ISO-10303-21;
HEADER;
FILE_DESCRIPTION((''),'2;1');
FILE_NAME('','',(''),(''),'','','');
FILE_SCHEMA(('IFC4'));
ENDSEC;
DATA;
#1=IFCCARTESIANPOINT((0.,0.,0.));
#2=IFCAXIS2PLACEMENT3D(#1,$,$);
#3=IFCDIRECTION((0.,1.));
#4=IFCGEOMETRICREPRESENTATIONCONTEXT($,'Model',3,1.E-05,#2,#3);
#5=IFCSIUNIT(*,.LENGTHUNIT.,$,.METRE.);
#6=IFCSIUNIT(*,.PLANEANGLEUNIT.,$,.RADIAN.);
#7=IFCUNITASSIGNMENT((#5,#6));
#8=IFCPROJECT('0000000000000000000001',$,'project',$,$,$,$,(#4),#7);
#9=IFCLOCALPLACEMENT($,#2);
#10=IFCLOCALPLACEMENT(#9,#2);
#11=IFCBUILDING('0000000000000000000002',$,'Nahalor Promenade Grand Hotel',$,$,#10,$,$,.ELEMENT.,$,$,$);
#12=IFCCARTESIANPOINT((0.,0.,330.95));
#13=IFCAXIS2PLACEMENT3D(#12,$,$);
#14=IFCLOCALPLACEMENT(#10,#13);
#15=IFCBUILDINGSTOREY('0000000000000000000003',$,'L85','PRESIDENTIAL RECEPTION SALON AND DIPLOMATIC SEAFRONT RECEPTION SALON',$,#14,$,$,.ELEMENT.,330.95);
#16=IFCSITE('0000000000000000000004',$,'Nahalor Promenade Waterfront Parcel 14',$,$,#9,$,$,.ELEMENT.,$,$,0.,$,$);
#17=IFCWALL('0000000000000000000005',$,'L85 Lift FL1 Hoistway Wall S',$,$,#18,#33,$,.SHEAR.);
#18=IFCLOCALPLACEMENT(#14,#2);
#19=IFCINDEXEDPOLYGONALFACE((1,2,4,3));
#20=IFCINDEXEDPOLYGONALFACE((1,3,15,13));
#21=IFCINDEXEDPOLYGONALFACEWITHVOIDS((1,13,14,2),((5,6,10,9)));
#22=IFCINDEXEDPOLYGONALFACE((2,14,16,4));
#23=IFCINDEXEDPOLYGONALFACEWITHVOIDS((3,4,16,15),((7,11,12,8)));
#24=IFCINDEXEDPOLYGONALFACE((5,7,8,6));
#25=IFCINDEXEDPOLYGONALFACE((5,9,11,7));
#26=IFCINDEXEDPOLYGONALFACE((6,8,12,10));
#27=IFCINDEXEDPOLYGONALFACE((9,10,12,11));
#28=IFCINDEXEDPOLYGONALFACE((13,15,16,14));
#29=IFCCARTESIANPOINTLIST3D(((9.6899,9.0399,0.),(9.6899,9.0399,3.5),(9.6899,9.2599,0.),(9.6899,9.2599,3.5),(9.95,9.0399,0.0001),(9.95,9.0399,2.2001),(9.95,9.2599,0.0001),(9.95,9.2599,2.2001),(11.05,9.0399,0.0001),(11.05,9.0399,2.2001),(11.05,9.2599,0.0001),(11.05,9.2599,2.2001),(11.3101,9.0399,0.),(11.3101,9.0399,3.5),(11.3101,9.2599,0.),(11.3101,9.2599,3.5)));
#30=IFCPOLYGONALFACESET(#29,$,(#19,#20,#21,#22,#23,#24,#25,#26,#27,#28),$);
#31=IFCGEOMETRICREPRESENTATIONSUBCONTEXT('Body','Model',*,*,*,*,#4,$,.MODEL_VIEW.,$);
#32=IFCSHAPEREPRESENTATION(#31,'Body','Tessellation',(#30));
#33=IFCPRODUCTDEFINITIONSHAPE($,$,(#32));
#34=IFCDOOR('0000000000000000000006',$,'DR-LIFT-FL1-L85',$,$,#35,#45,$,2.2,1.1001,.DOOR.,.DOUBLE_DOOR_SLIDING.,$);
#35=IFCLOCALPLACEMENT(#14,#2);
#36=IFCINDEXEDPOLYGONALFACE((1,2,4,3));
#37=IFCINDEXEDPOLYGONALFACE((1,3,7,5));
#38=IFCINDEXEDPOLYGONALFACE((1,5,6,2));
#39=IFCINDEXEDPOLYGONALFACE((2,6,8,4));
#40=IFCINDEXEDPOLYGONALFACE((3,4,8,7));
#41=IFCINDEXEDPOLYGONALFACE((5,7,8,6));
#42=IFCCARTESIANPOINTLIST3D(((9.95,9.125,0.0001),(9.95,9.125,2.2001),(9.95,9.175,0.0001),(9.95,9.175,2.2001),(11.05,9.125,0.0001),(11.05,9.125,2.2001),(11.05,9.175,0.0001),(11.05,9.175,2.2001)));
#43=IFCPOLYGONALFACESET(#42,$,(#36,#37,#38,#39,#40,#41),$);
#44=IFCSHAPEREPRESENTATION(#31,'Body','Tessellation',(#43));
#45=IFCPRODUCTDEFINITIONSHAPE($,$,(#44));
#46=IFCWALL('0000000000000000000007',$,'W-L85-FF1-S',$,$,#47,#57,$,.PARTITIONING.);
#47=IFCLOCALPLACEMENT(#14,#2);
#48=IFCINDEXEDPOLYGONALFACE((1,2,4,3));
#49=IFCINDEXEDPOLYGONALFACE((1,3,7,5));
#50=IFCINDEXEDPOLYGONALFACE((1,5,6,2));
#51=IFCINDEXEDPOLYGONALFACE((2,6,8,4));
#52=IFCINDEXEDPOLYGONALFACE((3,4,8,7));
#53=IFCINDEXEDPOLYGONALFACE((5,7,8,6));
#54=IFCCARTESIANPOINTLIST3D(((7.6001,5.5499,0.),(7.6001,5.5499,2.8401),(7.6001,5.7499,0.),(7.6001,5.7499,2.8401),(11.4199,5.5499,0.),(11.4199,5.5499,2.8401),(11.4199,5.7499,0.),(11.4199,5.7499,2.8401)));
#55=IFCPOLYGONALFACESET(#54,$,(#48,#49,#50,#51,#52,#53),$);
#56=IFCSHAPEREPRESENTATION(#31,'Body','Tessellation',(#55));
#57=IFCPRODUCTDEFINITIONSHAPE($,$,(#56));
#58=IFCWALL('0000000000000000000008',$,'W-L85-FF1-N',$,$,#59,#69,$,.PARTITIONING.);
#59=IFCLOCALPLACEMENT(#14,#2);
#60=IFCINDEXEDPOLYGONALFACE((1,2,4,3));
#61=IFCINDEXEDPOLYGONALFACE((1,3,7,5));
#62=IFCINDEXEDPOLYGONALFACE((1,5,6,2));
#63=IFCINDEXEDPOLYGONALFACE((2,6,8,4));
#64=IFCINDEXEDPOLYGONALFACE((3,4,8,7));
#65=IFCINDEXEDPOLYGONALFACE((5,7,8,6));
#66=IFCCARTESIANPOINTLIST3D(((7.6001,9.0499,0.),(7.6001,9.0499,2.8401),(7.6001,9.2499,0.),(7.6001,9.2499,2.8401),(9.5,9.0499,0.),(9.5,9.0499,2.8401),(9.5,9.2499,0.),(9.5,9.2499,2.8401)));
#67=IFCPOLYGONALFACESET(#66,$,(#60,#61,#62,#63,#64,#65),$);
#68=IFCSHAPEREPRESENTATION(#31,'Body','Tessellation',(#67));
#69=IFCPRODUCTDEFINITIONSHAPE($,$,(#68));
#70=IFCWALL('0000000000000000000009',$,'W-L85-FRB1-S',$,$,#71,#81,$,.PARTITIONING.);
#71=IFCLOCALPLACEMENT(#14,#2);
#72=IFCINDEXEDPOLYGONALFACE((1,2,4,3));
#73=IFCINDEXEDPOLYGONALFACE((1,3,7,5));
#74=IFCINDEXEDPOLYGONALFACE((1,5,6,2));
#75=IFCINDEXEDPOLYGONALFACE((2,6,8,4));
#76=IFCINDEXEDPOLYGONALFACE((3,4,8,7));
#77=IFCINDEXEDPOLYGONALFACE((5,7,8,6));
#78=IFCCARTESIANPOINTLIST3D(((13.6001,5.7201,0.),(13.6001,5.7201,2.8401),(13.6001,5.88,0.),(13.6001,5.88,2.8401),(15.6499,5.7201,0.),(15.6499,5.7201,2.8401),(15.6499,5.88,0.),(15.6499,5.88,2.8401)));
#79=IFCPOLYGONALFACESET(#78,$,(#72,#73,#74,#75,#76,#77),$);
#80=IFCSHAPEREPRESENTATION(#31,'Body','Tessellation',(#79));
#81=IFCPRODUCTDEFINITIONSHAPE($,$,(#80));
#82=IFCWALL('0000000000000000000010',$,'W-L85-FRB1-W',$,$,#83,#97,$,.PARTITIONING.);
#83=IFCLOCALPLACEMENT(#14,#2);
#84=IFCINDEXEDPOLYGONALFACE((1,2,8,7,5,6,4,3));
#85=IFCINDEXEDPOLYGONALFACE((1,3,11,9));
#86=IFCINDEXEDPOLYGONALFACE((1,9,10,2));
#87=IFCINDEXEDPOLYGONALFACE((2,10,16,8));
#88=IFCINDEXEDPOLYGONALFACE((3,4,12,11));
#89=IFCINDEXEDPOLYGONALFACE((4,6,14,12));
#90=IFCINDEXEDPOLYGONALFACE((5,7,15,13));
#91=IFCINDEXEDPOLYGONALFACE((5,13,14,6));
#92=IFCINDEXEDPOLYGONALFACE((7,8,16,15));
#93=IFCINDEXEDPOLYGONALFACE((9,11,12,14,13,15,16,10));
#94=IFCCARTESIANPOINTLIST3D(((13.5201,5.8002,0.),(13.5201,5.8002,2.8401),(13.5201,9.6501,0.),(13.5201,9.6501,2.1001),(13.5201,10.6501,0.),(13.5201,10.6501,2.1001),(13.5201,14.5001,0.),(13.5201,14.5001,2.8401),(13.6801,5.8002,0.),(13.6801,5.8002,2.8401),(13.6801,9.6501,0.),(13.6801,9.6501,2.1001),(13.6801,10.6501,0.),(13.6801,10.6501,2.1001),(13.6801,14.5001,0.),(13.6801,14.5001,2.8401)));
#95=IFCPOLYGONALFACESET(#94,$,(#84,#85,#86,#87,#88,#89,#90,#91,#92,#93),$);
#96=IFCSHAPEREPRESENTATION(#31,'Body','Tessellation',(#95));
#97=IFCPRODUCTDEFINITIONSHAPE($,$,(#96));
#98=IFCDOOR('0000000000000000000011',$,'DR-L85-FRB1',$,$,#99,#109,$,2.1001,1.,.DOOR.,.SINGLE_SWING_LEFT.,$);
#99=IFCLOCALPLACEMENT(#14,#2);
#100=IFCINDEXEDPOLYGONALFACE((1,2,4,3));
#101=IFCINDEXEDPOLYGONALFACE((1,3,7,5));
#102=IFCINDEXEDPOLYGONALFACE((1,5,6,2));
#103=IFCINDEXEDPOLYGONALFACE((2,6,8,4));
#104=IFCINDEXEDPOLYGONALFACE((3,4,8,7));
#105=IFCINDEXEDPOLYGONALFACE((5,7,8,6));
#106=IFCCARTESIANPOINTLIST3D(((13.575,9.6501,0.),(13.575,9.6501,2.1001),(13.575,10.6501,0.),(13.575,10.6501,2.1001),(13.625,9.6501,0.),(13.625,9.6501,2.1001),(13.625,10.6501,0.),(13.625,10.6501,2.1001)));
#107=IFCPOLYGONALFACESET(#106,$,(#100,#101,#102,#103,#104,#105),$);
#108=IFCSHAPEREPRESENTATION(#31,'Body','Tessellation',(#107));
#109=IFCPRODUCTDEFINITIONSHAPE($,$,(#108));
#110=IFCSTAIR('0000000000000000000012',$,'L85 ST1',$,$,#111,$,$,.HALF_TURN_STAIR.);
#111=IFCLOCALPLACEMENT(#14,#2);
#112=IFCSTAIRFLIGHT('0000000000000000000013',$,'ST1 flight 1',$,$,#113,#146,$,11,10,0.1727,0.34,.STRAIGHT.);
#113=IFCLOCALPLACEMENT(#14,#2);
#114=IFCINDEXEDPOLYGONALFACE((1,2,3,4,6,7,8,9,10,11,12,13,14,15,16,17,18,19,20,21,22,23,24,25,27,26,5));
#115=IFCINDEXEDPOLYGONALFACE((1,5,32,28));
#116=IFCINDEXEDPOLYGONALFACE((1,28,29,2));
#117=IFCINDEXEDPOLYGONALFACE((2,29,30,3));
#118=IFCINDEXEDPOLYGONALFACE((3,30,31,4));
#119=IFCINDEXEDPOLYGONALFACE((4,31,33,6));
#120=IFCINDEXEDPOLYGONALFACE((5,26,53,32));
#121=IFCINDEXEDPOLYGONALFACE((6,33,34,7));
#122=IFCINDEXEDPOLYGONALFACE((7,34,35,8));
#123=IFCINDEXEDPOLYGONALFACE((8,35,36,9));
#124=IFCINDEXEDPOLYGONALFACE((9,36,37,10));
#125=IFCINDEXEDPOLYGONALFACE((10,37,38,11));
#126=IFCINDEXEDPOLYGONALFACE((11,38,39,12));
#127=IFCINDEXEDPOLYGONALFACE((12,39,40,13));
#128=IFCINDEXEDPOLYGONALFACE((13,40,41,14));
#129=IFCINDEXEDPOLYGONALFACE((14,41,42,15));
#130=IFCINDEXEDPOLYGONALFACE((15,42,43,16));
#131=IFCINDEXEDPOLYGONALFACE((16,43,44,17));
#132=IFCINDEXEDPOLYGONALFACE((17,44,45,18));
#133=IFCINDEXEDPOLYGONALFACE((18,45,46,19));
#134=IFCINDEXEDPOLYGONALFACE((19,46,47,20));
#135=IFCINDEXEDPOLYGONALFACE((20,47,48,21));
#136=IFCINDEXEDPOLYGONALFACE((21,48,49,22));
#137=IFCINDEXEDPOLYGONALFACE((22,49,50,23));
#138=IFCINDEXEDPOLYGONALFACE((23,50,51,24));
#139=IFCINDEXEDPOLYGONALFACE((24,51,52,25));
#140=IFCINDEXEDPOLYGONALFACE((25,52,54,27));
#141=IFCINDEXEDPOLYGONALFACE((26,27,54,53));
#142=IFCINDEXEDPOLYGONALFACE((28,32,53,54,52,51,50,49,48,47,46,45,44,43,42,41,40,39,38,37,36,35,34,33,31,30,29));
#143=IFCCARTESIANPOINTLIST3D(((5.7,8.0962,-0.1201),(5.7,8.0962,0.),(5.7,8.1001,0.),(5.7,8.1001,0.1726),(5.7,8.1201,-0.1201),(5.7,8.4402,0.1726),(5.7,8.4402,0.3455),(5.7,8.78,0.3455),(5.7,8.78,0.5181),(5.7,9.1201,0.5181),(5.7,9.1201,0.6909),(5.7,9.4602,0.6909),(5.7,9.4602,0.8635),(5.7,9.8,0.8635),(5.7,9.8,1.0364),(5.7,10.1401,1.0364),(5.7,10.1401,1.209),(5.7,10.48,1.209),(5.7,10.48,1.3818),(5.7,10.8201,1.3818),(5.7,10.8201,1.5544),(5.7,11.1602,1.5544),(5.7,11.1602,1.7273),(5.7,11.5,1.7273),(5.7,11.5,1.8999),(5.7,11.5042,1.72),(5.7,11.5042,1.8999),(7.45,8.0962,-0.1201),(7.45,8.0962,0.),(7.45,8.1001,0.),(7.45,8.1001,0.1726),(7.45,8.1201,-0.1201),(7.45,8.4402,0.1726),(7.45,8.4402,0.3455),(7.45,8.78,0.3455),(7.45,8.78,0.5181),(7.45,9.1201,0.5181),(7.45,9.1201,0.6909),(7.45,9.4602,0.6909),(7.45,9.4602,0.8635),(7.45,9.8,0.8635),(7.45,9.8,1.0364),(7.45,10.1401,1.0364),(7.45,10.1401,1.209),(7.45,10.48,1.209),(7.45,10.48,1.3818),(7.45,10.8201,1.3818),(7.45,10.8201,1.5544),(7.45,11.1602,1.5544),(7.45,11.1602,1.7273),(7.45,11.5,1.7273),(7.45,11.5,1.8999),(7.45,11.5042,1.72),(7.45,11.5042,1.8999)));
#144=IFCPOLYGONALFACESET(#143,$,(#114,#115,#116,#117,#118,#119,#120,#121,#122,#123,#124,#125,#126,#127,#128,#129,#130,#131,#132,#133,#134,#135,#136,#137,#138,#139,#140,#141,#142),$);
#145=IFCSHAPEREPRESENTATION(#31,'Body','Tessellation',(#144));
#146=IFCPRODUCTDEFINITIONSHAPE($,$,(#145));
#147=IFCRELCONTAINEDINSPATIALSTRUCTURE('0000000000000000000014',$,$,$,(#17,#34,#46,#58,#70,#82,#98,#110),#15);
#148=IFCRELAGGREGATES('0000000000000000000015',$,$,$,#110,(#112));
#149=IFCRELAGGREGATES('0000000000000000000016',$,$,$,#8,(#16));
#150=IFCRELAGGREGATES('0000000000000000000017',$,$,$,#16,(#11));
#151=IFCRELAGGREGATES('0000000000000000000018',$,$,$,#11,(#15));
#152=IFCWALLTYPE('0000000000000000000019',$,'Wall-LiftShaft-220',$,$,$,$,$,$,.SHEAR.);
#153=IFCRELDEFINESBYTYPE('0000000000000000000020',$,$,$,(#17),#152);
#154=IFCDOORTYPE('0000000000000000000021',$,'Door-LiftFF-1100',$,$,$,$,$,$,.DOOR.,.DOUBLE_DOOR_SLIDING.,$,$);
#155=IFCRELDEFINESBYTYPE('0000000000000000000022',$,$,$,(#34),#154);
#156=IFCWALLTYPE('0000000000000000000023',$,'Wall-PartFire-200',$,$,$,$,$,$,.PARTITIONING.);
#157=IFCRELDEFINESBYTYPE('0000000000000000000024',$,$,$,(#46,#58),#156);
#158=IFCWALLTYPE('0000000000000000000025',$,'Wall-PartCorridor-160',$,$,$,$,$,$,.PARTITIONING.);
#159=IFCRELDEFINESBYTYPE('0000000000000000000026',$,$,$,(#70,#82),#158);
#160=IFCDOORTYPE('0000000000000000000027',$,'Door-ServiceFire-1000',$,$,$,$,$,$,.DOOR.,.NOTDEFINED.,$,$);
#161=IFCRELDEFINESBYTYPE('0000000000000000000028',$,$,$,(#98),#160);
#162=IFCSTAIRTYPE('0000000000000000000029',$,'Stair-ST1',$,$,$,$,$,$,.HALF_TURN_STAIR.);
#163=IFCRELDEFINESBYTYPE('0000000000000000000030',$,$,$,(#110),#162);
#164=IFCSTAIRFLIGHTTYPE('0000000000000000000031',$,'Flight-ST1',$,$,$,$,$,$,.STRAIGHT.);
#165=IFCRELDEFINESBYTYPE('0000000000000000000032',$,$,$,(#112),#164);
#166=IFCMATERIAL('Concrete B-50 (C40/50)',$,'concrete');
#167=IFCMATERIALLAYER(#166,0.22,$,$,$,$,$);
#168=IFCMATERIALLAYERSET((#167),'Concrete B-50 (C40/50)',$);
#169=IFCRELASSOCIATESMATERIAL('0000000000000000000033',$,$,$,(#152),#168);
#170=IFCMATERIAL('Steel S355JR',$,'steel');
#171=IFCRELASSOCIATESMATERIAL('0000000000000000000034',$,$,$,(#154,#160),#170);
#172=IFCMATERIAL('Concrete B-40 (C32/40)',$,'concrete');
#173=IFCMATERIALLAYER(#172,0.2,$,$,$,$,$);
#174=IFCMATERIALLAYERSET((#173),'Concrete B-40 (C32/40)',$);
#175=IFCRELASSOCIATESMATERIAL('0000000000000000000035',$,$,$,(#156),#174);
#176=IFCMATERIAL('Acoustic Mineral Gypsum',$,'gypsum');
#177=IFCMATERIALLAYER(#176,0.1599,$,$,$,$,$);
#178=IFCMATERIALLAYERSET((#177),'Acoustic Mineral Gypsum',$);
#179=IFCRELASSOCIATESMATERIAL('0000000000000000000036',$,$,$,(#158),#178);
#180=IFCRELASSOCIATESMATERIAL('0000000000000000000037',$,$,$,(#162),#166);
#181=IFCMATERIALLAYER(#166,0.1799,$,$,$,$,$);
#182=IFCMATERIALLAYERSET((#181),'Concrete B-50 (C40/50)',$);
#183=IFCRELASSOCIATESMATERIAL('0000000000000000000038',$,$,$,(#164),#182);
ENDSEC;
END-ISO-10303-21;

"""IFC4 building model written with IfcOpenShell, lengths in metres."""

from ifc_helpers import new_model, si_unit, direction, frame, frame_2d, origin, place, context, subcontext, project, spatial, polyline, rectangle, outline, extrude, source, transform, mapped, material, layer, layer_set, type_object, element, fill, aggregate, save


model = new_model("IFC4")

# Units and contexts
model_context = context("Model", 3, precision=1e-05, world=origin(), true_north=direction((0.0, 1.0)))
body_context = subcontext(model_context, "Body", "Model", "MODEL_VIEW")
ifc_project = project(units=[si_unit("LENGTHUNIT", "METRE"), si_unit("PLANEANGLEUNIT", "RADIAN")], contexts=[model_context])

# Site, building, storey
site_placement = place(None, origin())
site = spatial("IfcSite", under=ifc_project, at=site_placement, Name="Nahalor Promenade Waterfront Parcel 14", CompositionType="ELEMENT", RefElevation=0.0)
building_placement = place(site_placement, origin())
building = spatial("IfcBuilding", under=site, at=building_placement, Name="Nahalor Promenade Grand Hotel", CompositionType="ELEMENT")
storey_placement = place(building_placement, frame((0.0, 0.0, 330.95)))
storey = spatial("IfcBuildingStorey", under=building, at=storey_placement, Name="L85", Description="PRESIDENTIAL RECEPTION SALON AND DIPLOMATIC SEAFRONT RECEPTION SALON", CompositionType="ELEMENT", Elevation=330.95)

# Shared definitions
ifc_material_1 = material(Name="Steel S355JR", Category="steel")

# Shared definitions
ifc_material_2 = material(Name="Concrete B-50 (C40/50)", Category="concrete")

# Shared definitions
ifc_layer_1 = layer(ifc_material_2, 0.22)
ifc_layer_set_1 = layer_set([ifc_layer_1], Name="Concrete B-50 (C40/50)")
wall_type_1 = type_object("IfcWallType", Name="Wall-LiftShaft-220", PredefinedType="SHEAR", material=ifc_layer_set_1)

# Wall, opening, door
shared_shape_1 = source(origin(), body_context, "Body", "SweptSolid", [
    extrude(rectangle(XDim=1.6201, YDim=0.22, at=frame_2d((0.8101, 0.0))), origin(), (0.0, 0.0, 1.0), 3.5),
])
wall_1_placement = place(storey_placement, frame((9.6899, 9.1499, 0.0), z_axis=(0.0, 0.0, 1.0), x_axis=(1.0, 0.0, 0.0)))
wall_1 = element("IfcWall", 1, at=wall_1_placement, inside=storey, type_object=wall_type_1, Name="L85 Lift FL1 Hoistway Wall S", PredefinedType="SHEAR", context=body_context, shape_type="MappedRepresentation", body=[
    mapped(shared_shape_1, transform((0.0, 0.0, 0.0), scale=1.0)),
])
opening_1_placement = place(wall_1_placement, frame((0.26, 0.0, 0.0)))
opening_1 = element("IfcOpeningElement", 2, at=opening_1_placement, cuts=wall_1, PredefinedType="OPENING", context=body_context, shape_type="SweptSolid", body=[
    extrude(rectangle(XDim=1.1001, YDim=2.2, at=frame_2d((0.55, 1.1001))), frame((0.0, 0.1199, 0.0), z_axis=(0.0, -1.0, 0.0), x_axis=(1.0, 0.0, 0.0)), (0.0, 0.0, 1.0), 0.24),
])
door_type_1 = type_object("IfcDoorType", Name="Door-LiftFF-1100", OperationType="DOUBLE_DOOR_SLIDING", PredefinedType="DOOR", material=ifc_material_1)
shared_shape_2 = source(origin(), body_context, "Body", "SweptSolid", [
    extrude(rectangle(XDim=1.1001, YDim=2.2, at=frame_2d((0.55, 1.1001))), frame((0.0, 0.0249, 0.0), z_axis=(0.0, -1.0, 0.0), x_axis=(1.0, 0.0, 0.0)), (0.0, 0.0, 1.0), 0.05),
])
door_1_placement = place(opening_1_placement, frame((1.1001, 0.0, 0.0), z_axis=(0.0, 0.0, 1.0), x_axis=(-1.0, 0.0, 0.0)))
door_1 = element("IfcDoor", 3, at=door_1_placement, inside=storey, type_object=door_type_1, Name="DR-LIFT-FL1-L85", OperationType="DOUBLE_DOOR_SLIDING", OverallHeight=2.2, OverallWidth=1.1001, PredefinedType="DOOR", context=body_context, shape_type="MappedRepresentation", body=[
    mapped(shared_shape_2, transform((0.0, 0.0, 0.0), scale=1.0)),
])
fill(opening_1, door_1)

# Walls
ifc_material_3 = material(Name="Concrete B-40 (C32/40)", Category="concrete")
ifc_layer_2 = layer(ifc_material_3, 0.2)
ifc_layer_set_2 = layer_set([ifc_layer_2], Name="Concrete B-40 (C32/40)")
wall_type_2 = type_object("IfcWallType", Name="Wall-PartFire-200", PredefinedType="PARTITIONING", material=ifc_layer_set_2)
shared_shape_3 = source(origin(), body_context, "Body", "SweptSolid", [
    extrude(rectangle(XDim=3.8198, YDim=0.2, at=frame_2d((1.9099, 0.0))), origin(), (0.0, 0.0, 1.0), 2.8401),
])
wall_2_placement = place(storey_placement, frame((7.6001, 5.6499, 0.0), z_axis=(0.0, 0.0, 1.0), x_axis=(1.0, 0.0, 0.0)))
element("IfcWall", 4, at=wall_2_placement, inside=storey, type_object=wall_type_2, Name="W-L85-FF1-S", PredefinedType="PARTITIONING", context=body_context, shape_type="MappedRepresentation", body=[
    mapped(shared_shape_3, transform((0.0, 0.0, 0.0), scale=1.0)),
])
shared_shape_4 = source(origin(), body_context, "Body", "SweptSolid", [
    extrude(rectangle(XDim=1.8999, YDim=0.2, at=frame_2d((0.95, 0.0))), origin(), (0.0, 0.0, 1.0), 2.8401),
])
wall_3_placement = place(storey_placement, frame((7.6001, 9.1499, 0.0), z_axis=(0.0, 0.0, 1.0), x_axis=(1.0, 0.0, 0.0)))
element("IfcWall", 5, at=wall_3_placement, inside=storey, type_object=wall_type_2, Name="W-L85-FF1-N", PredefinedType="PARTITIONING", context=body_context, shape_type="MappedRepresentation", body=[
    mapped(shared_shape_4, transform((0.0, 0.0, 0.0), scale=1.0)),
])

# Wall
ifc_material_4 = material(Name="Acoustic Mineral Gypsum", Category="gypsum")
ifc_layer_3 = layer(ifc_material_4, 0.1599)
ifc_layer_set_3 = layer_set([ifc_layer_3], Name="Acoustic Mineral Gypsum")
wall_type_3 = type_object("IfcWallType", Name="Wall-PartCorridor-160", PredefinedType="PARTITIONING", material=ifc_layer_set_3)
shared_shape_5 = source(origin(), body_context, "Body", "SweptSolid", [
    extrude(rectangle(XDim=2.0498, YDim=0.1599, at=frame_2d((1.0249, 0.0))), origin(), (0.0, 0.0, 1.0), 2.8401),
])
wall_4_placement = place(storey_placement, frame((13.6001, 5.8, 0.0), z_axis=(0.0, 0.0, 1.0), x_axis=(1.0, 0.0, 0.0)))
element("IfcWall", 6, at=wall_4_placement, inside=storey, type_object=wall_type_3, Name="W-L85-FRB1-S", PredefinedType="PARTITIONING", context=body_context, shape_type="MappedRepresentation", body=[
    mapped(shared_shape_5, transform((0.0, 0.0, 0.0), scale=1.0)),
])

# Wall, opening, door
shared_shape_6 = source(origin(), body_context, "Body", "SweptSolid", [
    extrude(rectangle(XDim=8.7, YDim=0.1599, at=frame_2d((4.3501, 0.0))), origin(), (0.0, 0.0, 1.0), 2.8401),
])
wall_5_placement = place(storey_placement, frame((13.6001, 5.8, 0.0), z_axis=(0.0, 0.0, 1.0), x_axis=(0.0, 1.0, 0.0)))
wall_5 = element("IfcWall", 7, at=wall_5_placement, inside=storey, type_object=wall_type_3, Name="W-L85-FRB1-W", PredefinedType="PARTITIONING", context=body_context, shape_type="MappedRepresentation", body=[
    mapped(shared_shape_6, transform((0.0, 0.0, 0.0), scale=1.0)),
])
opening_2_placement = place(wall_5_placement, frame((3.8501, 0.0, 0.0)))
opening_2 = element("IfcOpeningElement", 8, at=opening_2_placement, cuts=wall_5, PredefinedType="OPENING", context=body_context, shape_type="SweptSolid", body=[
    extrude(rectangle(XDim=1.0, YDim=2.1001, at=frame_2d((0.5, 1.05))), frame((0.0, 0.0898, 0.0), z_axis=(0.0, -1.0, 0.0), x_axis=(1.0, 0.0, 0.0)), (0.0, 0.0, 1.0), 0.1799),
])
door_type_2 = type_object("IfcDoorType", Name="Door-ServiceFire-1000", OperationType="NOTDEFINED", PredefinedType="DOOR", material=ifc_material_1)
shared_shape_7 = source(origin(), body_context, "Body", "SweptSolid", [
    extrude(rectangle(XDim=1.0, YDim=2.1001, at=frame_2d((0.5, 1.05))), frame((0.0, 0.0249, 0.0), z_axis=(0.0, -1.0, 0.0), x_axis=(1.0, 0.0, 0.0)), (0.0, 0.0, 1.0), 0.05),
])
door_2_placement = place(opening_2_placement, frame((1.0, 0.0, 0.0), z_axis=(0.0, 0.0, 1.0), x_axis=(-1.0, 0.0, 0.0)))
door_2 = element("IfcDoor", 9, at=door_2_placement, inside=storey, type_object=door_type_2, Name="DR-L85-FRB1", OperationType="SINGLE_SWING_LEFT", OverallHeight=2.1001, OverallWidth=1.0, PredefinedType="DOOR", context=body_context, shape_type="MappedRepresentation", body=[
    mapped(shared_shape_7, transform((0.0, 0.0, 0.0), scale=1.0)),
])
fill(opening_2, door_2)

# Stair, stair flight
stair_type = type_object("IfcStairType", Name="Stair-ST1", PredefinedType="HALF_TURN_STAIR", material=ifc_material_2)
stair_placement = place(storey_placement, origin())
stair = element("IfcStair", 10, at=stair_placement, inside=storey, type_object=stair_type, Name="L85 ST1", PredefinedType="HALF_TURN_STAIR")
ifc_layer_4 = layer(ifc_material_2, 0.1799)
ifc_layer_set_4 = layer_set([ifc_layer_4], Name="Concrete B-50 (C40/50)")
stair_flight_type = type_object("IfcStairFlightType", Name="Flight-ST1", PredefinedType="STRAIGHT", material=ifc_layer_set_4)
shared_shape_8 = source(origin(), body_context, "Body", "SweptSolid", [
    extrude(outline(polyline([(-0.0039, -0.1201), (-0.0039, 0.0), (0.0, 0.0), (0.0, 0.1726), (0.3401, 0.1726), (0.3401, 0.3455), (0.6799, 0.3455), (0.6799, 0.5181), (1.02, 0.5181), (1.02, 0.6909), (1.3601, 0.6909), (1.3601, 0.8635), (1.7, 0.8635), (1.7, 1.0364), (2.04, 1.0364), (2.04, 1.209), (2.3799, 1.209), (2.3799, 1.3818), (2.72, 1.3818), (2.72, 1.5544), (3.0601, 1.5544), (3.0601, 1.7273), (3.3999, 1.7273), (3.3999, 1.8999), (3.4041, 1.8999), (3.4041, 1.72), (0.02, -0.1201), (-0.0039, -0.1201)])), frame((0.0, 0.875, 0.0), z_axis=(0.0, -1.0, 0.0), x_axis=(1.0, 0.0, 0.0)), (0.0, 0.0, 1.0), 1.75),
])
stair_flight_1_placement = place(storey_placement, frame((6.575, 8.1001, 0.0), z_axis=(0.0, 0.0, 1.0), x_axis=(0.0, 1.0, 0.0)))
stair_flight_1 = element("IfcStairFlight", 11, at=stair_flight_1_placement, type_object=stair_flight_type, Name="ST1 flight 1", NumberOfRisers=11, NumberOfTreads=10, PredefinedType="STRAIGHT", RiserHeight=0.1727, TreadLength=0.34, context=body_context, shape_type="MappedRepresentation", body=[
    mapped(shared_shape_8, transform((0.0, 0.0, 0.0), scale=1.0)),
])
aggregate(stair, [stair_flight_1])

save(model, "model.ifc")
